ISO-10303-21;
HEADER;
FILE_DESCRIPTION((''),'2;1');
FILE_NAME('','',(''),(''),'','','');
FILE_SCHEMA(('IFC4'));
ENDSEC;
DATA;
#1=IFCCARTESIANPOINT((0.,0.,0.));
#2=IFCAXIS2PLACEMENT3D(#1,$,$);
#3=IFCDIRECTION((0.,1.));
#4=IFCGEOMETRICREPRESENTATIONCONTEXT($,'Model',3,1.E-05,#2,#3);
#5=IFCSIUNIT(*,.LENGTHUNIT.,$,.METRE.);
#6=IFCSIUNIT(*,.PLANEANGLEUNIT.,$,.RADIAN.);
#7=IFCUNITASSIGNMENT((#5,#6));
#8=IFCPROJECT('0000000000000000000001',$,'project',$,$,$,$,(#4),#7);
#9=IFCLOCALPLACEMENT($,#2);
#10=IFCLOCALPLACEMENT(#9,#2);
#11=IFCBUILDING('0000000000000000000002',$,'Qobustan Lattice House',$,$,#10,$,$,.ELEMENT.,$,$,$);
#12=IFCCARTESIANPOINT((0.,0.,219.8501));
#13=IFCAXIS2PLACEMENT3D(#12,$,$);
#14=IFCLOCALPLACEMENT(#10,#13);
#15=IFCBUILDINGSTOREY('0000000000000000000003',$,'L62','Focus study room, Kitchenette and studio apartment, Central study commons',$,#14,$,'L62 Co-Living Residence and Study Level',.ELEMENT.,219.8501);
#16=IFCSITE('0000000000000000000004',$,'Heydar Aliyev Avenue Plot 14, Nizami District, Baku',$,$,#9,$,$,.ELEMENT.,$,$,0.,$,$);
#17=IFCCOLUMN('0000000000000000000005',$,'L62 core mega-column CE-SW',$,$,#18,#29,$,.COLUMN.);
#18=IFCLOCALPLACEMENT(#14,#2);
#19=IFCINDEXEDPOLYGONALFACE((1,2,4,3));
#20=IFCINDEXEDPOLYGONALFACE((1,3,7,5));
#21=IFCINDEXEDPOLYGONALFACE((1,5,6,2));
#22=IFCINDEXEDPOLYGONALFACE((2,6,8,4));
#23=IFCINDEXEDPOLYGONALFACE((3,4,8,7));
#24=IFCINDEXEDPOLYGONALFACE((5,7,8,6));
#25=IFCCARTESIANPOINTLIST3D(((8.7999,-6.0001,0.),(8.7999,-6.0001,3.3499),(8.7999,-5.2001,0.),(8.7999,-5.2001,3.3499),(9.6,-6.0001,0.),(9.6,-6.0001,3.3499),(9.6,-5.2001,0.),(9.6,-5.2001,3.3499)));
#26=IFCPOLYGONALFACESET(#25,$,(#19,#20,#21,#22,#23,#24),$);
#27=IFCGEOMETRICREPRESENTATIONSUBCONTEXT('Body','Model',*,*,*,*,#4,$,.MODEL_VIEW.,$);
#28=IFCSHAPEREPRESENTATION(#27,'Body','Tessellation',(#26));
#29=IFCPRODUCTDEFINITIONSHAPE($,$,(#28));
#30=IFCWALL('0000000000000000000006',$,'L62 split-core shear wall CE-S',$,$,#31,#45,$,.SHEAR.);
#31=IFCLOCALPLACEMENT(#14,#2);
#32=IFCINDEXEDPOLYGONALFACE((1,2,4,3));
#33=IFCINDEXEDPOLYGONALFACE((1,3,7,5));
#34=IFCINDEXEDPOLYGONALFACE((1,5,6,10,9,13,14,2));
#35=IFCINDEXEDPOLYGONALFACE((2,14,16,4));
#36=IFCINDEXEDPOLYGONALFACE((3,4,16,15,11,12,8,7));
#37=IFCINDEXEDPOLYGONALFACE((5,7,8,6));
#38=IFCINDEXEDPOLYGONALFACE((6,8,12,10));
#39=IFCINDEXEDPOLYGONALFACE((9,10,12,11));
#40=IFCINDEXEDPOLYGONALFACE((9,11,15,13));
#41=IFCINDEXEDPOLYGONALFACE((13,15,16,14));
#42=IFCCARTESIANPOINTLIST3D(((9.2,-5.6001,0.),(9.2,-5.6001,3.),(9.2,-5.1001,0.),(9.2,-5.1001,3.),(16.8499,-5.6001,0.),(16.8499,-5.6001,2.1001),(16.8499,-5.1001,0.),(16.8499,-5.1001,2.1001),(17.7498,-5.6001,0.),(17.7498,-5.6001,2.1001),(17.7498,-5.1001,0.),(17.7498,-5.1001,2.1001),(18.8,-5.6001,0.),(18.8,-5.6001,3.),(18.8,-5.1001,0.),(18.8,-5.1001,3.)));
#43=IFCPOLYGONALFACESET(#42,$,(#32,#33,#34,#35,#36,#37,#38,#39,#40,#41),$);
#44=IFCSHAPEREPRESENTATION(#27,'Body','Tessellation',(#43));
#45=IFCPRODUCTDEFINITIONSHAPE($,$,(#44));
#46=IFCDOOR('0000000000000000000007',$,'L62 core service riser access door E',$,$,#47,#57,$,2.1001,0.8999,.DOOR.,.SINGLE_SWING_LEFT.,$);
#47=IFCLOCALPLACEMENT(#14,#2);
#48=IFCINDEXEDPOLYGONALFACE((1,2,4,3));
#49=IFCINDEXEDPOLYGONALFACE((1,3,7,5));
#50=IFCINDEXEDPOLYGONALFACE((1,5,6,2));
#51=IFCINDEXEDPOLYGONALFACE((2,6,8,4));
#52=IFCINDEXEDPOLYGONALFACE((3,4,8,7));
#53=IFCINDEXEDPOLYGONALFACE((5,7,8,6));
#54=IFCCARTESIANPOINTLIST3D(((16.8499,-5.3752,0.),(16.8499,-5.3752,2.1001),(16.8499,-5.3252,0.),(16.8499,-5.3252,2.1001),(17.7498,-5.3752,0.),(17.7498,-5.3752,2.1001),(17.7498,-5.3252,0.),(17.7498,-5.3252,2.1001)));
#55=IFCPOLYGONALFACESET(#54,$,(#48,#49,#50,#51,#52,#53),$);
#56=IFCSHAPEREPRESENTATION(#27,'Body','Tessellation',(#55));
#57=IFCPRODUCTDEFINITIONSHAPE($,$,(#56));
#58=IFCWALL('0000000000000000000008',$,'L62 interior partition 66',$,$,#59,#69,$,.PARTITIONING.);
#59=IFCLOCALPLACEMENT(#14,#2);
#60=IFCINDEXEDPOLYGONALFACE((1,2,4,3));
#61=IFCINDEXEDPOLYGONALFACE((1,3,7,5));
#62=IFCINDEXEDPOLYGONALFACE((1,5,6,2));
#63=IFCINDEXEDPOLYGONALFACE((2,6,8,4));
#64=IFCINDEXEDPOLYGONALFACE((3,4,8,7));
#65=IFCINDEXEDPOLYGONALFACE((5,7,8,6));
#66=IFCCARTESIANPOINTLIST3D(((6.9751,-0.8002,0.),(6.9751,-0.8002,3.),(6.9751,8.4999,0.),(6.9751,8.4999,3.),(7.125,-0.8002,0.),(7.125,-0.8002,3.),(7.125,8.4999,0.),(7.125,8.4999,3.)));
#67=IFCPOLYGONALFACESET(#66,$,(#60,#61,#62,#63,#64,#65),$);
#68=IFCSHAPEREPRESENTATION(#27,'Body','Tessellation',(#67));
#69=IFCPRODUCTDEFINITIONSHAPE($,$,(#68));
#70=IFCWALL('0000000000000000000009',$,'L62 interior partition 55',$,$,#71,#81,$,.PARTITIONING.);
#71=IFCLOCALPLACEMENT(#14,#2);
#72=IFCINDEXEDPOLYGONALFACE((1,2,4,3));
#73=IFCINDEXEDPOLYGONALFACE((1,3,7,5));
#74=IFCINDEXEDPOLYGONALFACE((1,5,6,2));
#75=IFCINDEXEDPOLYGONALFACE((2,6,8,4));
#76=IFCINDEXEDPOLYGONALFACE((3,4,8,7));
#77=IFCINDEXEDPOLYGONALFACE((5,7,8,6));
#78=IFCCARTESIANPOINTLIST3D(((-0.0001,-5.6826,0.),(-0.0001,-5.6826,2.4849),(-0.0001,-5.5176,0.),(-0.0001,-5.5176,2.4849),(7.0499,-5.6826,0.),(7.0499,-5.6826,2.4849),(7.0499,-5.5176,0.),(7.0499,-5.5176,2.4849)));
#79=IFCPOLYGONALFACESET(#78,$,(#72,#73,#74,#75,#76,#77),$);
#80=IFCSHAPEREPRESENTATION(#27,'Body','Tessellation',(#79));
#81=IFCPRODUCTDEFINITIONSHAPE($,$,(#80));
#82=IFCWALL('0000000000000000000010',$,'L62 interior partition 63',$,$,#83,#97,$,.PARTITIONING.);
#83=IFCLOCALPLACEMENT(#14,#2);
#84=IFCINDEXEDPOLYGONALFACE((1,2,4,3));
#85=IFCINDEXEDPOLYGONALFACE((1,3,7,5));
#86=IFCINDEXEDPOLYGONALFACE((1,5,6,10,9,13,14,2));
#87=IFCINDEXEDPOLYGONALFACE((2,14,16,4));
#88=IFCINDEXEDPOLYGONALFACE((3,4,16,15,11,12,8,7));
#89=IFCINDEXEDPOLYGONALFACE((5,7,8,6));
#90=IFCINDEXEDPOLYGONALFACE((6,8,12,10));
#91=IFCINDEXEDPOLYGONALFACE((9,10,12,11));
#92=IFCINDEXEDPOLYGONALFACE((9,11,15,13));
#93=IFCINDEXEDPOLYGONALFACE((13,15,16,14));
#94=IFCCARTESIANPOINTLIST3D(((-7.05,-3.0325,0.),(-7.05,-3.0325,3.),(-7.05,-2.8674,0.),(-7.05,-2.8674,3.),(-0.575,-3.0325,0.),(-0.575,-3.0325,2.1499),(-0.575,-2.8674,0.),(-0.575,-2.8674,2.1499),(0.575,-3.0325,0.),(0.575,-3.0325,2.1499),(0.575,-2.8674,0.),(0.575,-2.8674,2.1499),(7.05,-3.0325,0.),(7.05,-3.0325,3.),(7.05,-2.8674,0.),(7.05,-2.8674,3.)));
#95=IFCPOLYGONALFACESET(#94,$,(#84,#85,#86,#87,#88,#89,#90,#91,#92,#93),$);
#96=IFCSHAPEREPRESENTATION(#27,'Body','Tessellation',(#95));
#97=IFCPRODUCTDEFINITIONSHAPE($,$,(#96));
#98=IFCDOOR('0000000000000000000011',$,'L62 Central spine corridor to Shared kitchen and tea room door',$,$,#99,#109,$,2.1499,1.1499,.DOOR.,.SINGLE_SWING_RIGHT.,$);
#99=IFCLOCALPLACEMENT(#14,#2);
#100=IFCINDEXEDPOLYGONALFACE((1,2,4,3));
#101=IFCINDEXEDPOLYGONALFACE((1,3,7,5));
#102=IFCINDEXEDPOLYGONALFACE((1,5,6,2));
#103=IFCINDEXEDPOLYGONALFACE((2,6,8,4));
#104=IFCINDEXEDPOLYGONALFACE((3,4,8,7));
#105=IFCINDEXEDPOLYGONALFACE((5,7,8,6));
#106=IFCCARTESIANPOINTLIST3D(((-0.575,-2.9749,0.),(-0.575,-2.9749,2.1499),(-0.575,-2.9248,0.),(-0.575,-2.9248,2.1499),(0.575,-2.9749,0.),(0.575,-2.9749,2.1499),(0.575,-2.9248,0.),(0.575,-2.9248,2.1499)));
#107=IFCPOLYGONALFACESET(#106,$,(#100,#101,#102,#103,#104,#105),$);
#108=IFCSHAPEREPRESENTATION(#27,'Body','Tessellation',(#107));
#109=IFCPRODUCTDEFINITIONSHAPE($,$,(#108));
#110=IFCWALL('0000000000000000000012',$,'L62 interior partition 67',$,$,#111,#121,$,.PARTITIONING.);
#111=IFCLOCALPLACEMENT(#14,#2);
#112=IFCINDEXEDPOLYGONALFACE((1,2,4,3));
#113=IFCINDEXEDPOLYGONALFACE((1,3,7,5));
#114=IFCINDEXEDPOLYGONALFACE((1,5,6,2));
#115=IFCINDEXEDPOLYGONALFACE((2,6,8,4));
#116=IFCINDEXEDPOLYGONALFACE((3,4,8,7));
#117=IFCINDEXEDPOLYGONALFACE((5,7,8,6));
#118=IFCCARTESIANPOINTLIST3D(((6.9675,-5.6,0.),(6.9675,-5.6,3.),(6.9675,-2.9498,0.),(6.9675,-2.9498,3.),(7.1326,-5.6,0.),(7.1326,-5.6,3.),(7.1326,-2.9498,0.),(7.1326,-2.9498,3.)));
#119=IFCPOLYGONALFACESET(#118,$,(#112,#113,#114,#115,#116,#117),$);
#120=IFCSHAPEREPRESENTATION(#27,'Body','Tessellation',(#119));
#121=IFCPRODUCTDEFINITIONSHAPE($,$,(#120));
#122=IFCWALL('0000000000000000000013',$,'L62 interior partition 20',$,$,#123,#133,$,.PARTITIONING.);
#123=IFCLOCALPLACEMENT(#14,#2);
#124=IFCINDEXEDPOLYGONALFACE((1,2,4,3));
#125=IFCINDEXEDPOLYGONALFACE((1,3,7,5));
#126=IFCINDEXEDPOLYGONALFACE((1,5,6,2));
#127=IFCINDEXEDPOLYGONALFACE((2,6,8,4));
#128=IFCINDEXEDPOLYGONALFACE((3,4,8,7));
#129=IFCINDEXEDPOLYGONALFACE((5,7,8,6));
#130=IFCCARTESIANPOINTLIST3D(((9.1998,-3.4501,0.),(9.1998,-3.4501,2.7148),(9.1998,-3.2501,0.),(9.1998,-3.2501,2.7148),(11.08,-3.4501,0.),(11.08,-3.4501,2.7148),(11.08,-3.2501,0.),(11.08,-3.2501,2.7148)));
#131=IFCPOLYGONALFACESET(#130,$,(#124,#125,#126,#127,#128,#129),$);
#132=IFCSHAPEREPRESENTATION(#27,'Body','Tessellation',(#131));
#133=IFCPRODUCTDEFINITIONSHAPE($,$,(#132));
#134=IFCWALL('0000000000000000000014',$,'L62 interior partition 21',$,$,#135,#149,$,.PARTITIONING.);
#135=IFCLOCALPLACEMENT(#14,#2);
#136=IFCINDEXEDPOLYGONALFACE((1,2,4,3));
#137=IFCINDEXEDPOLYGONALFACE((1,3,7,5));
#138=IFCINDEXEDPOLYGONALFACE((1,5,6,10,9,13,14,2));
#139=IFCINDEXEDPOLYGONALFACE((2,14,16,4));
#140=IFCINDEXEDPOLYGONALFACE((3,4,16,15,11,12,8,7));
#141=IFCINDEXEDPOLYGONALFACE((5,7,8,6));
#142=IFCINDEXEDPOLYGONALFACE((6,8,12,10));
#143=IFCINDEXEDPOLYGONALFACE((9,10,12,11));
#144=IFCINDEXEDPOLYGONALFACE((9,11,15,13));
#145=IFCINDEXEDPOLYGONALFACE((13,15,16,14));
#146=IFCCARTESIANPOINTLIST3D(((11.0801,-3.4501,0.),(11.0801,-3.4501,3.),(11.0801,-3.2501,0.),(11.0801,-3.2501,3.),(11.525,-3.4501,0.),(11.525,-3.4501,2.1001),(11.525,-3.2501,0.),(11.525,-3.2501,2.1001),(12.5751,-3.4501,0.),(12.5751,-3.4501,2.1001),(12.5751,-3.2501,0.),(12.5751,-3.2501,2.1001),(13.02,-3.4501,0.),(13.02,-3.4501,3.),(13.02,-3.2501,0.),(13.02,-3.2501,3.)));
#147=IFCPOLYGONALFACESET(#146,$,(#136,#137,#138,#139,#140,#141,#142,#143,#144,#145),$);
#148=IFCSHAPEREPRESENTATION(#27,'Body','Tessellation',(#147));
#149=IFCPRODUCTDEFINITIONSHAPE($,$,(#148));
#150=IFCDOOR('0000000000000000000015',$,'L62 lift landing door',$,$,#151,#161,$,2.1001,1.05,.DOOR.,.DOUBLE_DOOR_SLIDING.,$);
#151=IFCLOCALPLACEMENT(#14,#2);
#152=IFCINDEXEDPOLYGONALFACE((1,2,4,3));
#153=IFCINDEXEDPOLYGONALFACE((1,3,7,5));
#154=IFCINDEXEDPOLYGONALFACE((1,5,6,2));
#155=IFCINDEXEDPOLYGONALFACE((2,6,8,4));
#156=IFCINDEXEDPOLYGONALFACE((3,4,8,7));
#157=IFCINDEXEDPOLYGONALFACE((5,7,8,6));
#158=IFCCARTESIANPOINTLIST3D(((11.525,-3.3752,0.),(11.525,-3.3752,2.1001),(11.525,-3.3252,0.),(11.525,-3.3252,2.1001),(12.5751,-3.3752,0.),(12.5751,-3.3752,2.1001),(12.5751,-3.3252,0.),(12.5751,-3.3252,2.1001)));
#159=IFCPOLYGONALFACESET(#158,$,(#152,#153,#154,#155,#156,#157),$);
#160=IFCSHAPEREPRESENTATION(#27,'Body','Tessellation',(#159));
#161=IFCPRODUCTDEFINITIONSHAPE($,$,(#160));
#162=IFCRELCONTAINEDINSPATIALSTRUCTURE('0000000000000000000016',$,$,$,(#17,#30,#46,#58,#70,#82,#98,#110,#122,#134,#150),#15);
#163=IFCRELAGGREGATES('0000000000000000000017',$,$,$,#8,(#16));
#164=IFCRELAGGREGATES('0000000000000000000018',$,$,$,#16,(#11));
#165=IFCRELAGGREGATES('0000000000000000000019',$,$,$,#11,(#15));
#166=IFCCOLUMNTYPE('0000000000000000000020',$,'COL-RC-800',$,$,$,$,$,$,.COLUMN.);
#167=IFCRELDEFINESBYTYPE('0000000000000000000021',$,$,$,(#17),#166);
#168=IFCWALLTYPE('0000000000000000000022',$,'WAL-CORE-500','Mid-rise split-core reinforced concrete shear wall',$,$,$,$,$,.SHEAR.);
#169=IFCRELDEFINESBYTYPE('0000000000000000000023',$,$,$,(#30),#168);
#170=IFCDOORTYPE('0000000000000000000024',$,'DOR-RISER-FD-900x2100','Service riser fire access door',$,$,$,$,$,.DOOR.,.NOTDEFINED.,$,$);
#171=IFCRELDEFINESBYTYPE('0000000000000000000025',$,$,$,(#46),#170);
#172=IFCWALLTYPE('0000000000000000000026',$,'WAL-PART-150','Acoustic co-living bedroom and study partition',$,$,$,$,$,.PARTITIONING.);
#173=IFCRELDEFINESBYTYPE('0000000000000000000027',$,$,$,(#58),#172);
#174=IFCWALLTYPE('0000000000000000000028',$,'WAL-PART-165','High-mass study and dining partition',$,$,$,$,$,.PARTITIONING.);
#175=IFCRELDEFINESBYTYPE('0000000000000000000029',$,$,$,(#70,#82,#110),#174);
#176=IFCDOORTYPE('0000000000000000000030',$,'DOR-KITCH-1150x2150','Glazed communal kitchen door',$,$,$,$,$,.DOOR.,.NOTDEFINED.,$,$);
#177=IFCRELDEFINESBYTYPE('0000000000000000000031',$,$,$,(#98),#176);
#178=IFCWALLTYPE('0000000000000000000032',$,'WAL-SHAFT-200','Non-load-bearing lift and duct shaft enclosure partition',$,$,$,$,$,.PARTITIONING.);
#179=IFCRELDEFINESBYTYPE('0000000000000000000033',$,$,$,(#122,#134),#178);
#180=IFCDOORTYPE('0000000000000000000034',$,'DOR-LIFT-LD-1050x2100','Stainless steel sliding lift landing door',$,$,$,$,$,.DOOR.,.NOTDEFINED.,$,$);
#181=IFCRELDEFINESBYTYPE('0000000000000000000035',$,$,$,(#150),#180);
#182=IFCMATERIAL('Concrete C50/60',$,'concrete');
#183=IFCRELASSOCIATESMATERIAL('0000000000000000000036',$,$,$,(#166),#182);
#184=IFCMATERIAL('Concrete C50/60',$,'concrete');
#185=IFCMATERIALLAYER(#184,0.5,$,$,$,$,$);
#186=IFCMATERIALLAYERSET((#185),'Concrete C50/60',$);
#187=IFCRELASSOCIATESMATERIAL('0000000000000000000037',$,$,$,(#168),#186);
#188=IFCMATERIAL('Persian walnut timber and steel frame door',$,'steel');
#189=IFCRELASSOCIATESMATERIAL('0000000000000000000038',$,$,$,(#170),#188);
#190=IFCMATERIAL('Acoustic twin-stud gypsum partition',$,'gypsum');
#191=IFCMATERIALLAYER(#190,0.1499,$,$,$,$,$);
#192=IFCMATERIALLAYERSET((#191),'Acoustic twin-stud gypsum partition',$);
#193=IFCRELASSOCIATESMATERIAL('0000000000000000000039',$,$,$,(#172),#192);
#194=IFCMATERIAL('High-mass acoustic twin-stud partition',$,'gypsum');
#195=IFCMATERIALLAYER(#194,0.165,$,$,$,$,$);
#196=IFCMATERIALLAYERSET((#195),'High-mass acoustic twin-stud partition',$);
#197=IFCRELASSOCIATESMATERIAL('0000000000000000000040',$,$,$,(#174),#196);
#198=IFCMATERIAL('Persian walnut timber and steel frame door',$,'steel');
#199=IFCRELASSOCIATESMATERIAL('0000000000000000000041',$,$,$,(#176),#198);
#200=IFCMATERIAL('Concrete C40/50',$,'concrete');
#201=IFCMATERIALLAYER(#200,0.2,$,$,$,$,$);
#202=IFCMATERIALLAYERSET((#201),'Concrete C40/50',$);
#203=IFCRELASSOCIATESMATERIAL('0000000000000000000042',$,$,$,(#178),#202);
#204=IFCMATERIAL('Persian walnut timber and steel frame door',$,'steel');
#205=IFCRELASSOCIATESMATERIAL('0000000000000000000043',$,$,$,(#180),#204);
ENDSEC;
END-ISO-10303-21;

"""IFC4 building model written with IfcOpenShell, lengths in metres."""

from ifc_helpers import new_model, si_unit, direction, frame, frame_2d, origin, origin_2d, place, context, subcontext, project, spatial, rectangle, extrude, material, layer, layer_set, material_profile, profile_set, type_object, element, fill, save


model = new_model("IFC4")

# Units and contexts
model_context = context("Model", 3, precision=1e-05, world=origin(), true_north=direction((0.0, 1.0)))
body_context = subcontext(model_context, "Body", "Model", "MODEL_VIEW")
ifc_project = project(units=[si_unit("LENGTHUNIT", "METRE"), si_unit("PLANEANGLEUNIT", "RADIAN")], contexts=[model_context])

# Site, building, storey
site_placement = place(None, origin())
site = spatial("IfcSite", under=ifc_project, at=site_placement, Name="Heydar Aliyev Avenue Plot 14, Nizami District, Baku", CompositionType="ELEMENT", RefElevation=0.0)
building_placement = place(site_placement, origin())
building = spatial("IfcBuilding", under=site, at=building_placement, Name="Qobustan Lattice House", CompositionType="ELEMENT")
storey_placement = place(building_placement, frame((0.0, 0.0, 219.8501)))
storey = spatial("IfcBuildingStorey", under=building, at=storey_placement, Name="L62", Description="Focus study room, Kitchenette and studio apartment, Central study commons", LongName="L62 Co-Living Residence and Study Level", CompositionType="ELEMENT", Elevation=219.8501)

# Column
ifc_material_1 = material(Name="Concrete C50/60", Category="concrete")
ifc_material_profile = material_profile(ifc_material_1, rectangle(XDim=0.8, YDim=0.8, at=origin_2d()), Name="RC800x800")
ifc_profile_set = profile_set([ifc_material_profile], Name="Concrete C50/60")
column_type = type_object("IfcColumnType", Name="COL-RC-800", PredefinedType="COLUMN", material=ifc_profile_set)
column_placement = place(storey_placement, frame((9.2, -5.6001, 0.0), z_axis=(0.0, 0.0, 1.0), x_axis=(1.0, 0.0, 0.0)))
element("IfcColumn", 1, at=column_placement, inside=storey, type_object=column_type, Name="L62 core mega-column CE-SW", PredefinedType="COLUMN", context=body_context, shape_type="SweptSolid", body=[
    extrude(rectangle(XDim=0.8, YDim=0.8, at=origin_2d()), origin(), (0.0, 0.0, 1.0), 3.3499),
])

# Wall, opening, door
ifc_material_2 = material(Name="Concrete C50/60", Category="concrete")
ifc_layer_1 = layer(ifc_material_2, 0.5)
ifc_layer_set_1 = layer_set([ifc_layer_1], Name="Concrete C50/60")
wall_type_1 = type_object("IfcWallType", Name="WAL-CORE-500", Description="Mid-rise split-core reinforced concrete shear wall", PredefinedType="SHEAR", material=ifc_layer_set_1)
wall_1_placement = place(storey_placement, frame((9.2, -5.3501, 0.0), z_axis=(0.0, 0.0, 1.0), x_axis=(1.0, 0.0, 0.0)))
wall_1 = element("IfcWall", 2, at=wall_1_placement, inside=storey, type_object=wall_type_1, Name="L62 split-core shear wall CE-S", PredefinedType="SHEAR", context=body_context, shape_type="SweptSolid", body=[
    extrude(rectangle(XDim=9.6001, YDim=0.5, at=frame_2d((4.8, 0.0))), origin(), (0.0, 0.0, 1.0), 3.0),
])
opening_1_placement = place(wall_1_placement, frame((7.6499, 0.0, 0.0)))
opening_1 = element("IfcOpeningElement", 3, at=opening_1_placement, cuts=wall_1, PredefinedType="OPENING", context=body_context, shape_type="SweptSolid", body=[
    extrude(rectangle(XDim=0.8999, YDim=2.1001, at=frame_2d((0.45, 1.05))), frame((0.0, 0.26, 0.0), z_axis=(0.0, -1.0, 0.0), x_axis=(1.0, 0.0, 0.0)), (0.0, 0.0, 1.0), 0.52),
])
ifc_material_3 = material(Name="Persian walnut timber and steel frame door", Category="steel")
door_type_1 = type_object("IfcDoorType", Name="DOR-RISER-FD-900x2100", Description="Service riser fire access door", OperationType="NOTDEFINED", PredefinedType="DOOR", material=ifc_material_3)
door_1_placement = place(opening_1_placement, origin())
door_1 = element("IfcDoor", 4, at=door_1_placement, inside=storey, type_object=door_type_1, Name="L62 core service riser access door E", OperationType="SINGLE_SWING_LEFT", OverallHeight=2.1001, OverallWidth=0.8999, PredefinedType="DOOR", context=body_context, shape_type="SweptSolid", body=[
    extrude(rectangle(XDim=0.8999, YDim=2.1001, at=frame_2d((0.45, 1.05))), frame((0.0, 0.0249, 0.0), z_axis=(0.0, -1.0, 0.0), x_axis=(1.0, 0.0, 0.0)), (0.0, 0.0, 1.0), 0.05),
])
fill(opening_1, door_1)

# Walls
ifc_material_4 = material(Name="Acoustic twin-stud gypsum partition", Category="gypsum")
ifc_layer_2 = layer(ifc_material_4, 0.1499)
ifc_layer_set_2 = layer_set([ifc_layer_2], Name="Acoustic twin-stud gypsum partition")
wall_type_2 = type_object("IfcWallType", Name="WAL-PART-150", Description="Acoustic co-living bedroom and study partition", PredefinedType="PARTITIONING", material=ifc_layer_set_2)
wall_2_placement = place(storey_placement, frame((7.05, -0.8, 0.0), z_axis=(0.0, 0.0, 1.0), x_axis=(0.0, 1.0, 0.0)))
element("IfcWall", 5, at=wall_2_placement, inside=storey, type_object=wall_type_2, Name="L62 interior partition 66", PredefinedType="PARTITIONING", context=body_context, shape_type="SweptSolid", body=[
    extrude(rectangle(XDim=9.3, YDim=0.1499, at=frame_2d((4.6499, 0.0))), origin(), (0.0, 0.0, 1.0), 3.0),
])
ifc_material_5 = material(Name="High-mass acoustic twin-stud partition", Category="gypsum")
ifc_layer_3 = layer(ifc_material_5, 0.165)
ifc_layer_set_3 = layer_set([ifc_layer_3], Name="High-mass acoustic twin-stud partition")
wall_type_3 = type_object("IfcWallType", Name="WAL-PART-165", Description="High-mass study and dining partition", PredefinedType="PARTITIONING", material=ifc_layer_set_3)
wall_3_placement = place(storey_placement, frame((0.0, -5.6001, 0.0), z_axis=(0.0, 0.0, 1.0), x_axis=(1.0, 0.0, 0.0)))
element("IfcWall", 6, at=wall_3_placement, inside=storey, type_object=wall_type_3, Name="L62 interior partition 55", PredefinedType="PARTITIONING", context=body_context, shape_type="SweptSolid", body=[
    extrude(rectangle(XDim=7.05, YDim=0.165, at=frame_2d((3.5249, 0.0))), origin(), (0.0, 0.0, 1.0), 2.4849),
])

# Wall, opening, door
wall_4_placement = place(storey_placement, frame((7.05, -2.95, 0.0), z_axis=(0.0, 0.0, 1.0), x_axis=(-1.0, 0.0, 0.0)))
wall_4 = element("IfcWall", 7, at=wall_4_placement, inside=storey, type_object=wall_type_3, Name="L62 interior partition 63", PredefinedType="PARTITIONING", context=body_context, shape_type="SweptSolid", body=[
    extrude(rectangle(XDim=14.1001, YDim=0.165, at=frame_2d((7.05, 0.0))), origin(), (0.0, 0.0, 1.0), 3.0),
])
opening_2_placement = place(wall_4_placement, frame((6.4751, 0.0, 0.0)))
opening_2 = element("IfcOpeningElement", 8, at=opening_2_placement, cuts=wall_4, PredefinedType="OPENING", context=body_context, shape_type="SweptSolid", body=[
    extrude(rectangle(XDim=1.1499, YDim=2.1499, at=frame_2d((0.575, 1.075))), frame((0.0, 0.0925, 0.0), z_axis=(0.0, -1.0, 0.0), x_axis=(1.0, 0.0, 0.0)), (0.0, 0.0, 1.0), 0.1851),
])
ifc_material_6 = material(Name="Persian walnut timber and steel frame door", Category="steel")
door_type_2 = type_object("IfcDoorType", Name="DOR-KITCH-1150x2150", Description="Glazed communal kitchen door", OperationType="NOTDEFINED", PredefinedType="DOOR", material=ifc_material_6)
door_2_placement = place(opening_2_placement, origin())
door_2 = element("IfcDoor", 9, at=door_2_placement, inside=storey, type_object=door_type_2, Name="L62 Central spine corridor to Shared kitchen and tea room door", OperationType="SINGLE_SWING_RIGHT", OverallHeight=2.1499, OverallWidth=1.1499, PredefinedType="DOOR", context=body_context, shape_type="SweptSolid", body=[
    extrude(rectangle(XDim=1.1499, YDim=2.1499, at=frame_2d((0.575, 1.075))), frame((0.0, 0.0249, 0.0), z_axis=(0.0, -1.0, 0.0), x_axis=(1.0, 0.0, 0.0)), (0.0, 0.0, 1.0), 0.05),
])
fill(opening_2, door_2)

# Walls
wall_5_placement = place(storey_placement, frame((7.05, -5.6001, 0.0), z_axis=(0.0, 0.0, 1.0), x_axis=(0.0, 1.0, 0.0)))
element("IfcWall", 10, at=wall_5_placement, inside=storey, type_object=wall_type_3, Name="L62 interior partition 67", PredefinedType="PARTITIONING", context=body_context, shape_type="SweptSolid", body=[
    extrude(rectangle(XDim=2.6501, YDim=0.165, at=frame_2d((1.3252, 0.0))), origin(), (0.0, 0.0, 1.0), 3.0),
])
ifc_material_7 = material(Name="Concrete C40/50", Category="concrete")
ifc_layer_4 = layer(ifc_material_7, 0.2)
ifc_layer_set_4 = layer_set([ifc_layer_4], Name="Concrete C40/50")
wall_type_4 = type_object("IfcWallType", Name="WAL-SHAFT-200", Description="Non-load-bearing lift and duct shaft enclosure partition", PredefinedType="PARTITIONING", material=ifc_layer_set_4)
wall_6_placement = place(storey_placement, frame((9.2, -3.3501, 0.0), z_axis=(0.0, 0.0, 1.0), x_axis=(1.0, 0.0, 0.0)))
element("IfcWall", 11, at=wall_6_placement, inside=storey, type_object=wall_type_4, Name="L62 interior partition 20", PredefinedType="PARTITIONING", context=body_context, shape_type="SweptSolid", body=[
    extrude(rectangle(XDim=1.8801, YDim=0.2, at=frame_2d((0.9399, 0.0))), origin(), (0.0, 0.0, 1.0), 2.7148),
])

# Wall, opening, door
wall_7_placement = place(storey_placement, frame((11.0801, -3.3501, 0.0), z_axis=(0.0, 0.0, 1.0), x_axis=(1.0, 0.0, 0.0)))
wall_7 = element("IfcWall", 12, at=wall_7_placement, inside=storey, type_object=wall_type_4, Name="L62 interior partition 21", PredefinedType="PARTITIONING", context=body_context, shape_type="SweptSolid", body=[
    extrude(rectangle(XDim=1.9399, YDim=0.2, at=frame_2d((0.97, 0.0))), origin(), (0.0, 0.0, 1.0), 3.0),
])
opening_3_placement = place(wall_7_placement, frame((0.4451, 0.0, 0.0)))
opening_3 = element("IfcOpeningElement", 13, at=opening_3_placement, cuts=wall_7, PredefinedType="OPENING", context=body_context, shape_type="SweptSolid", body=[
    extrude(rectangle(XDim=1.05, YDim=2.1001, at=frame_2d((0.5249, 1.05))), frame((0.0, 0.1099, 0.0), z_axis=(0.0, -1.0, 0.0), x_axis=(1.0, 0.0, 0.0)), (0.0, 0.0, 1.0), 0.22),
])
ifc_material_8 = material(Name="Persian walnut timber and steel frame door", Category="steel")
door_type_3 = type_object("IfcDoorType", Name="DOR-LIFT-LD-1050x2100", Description="Stainless steel sliding lift landing door", OperationType="NOTDEFINED", PredefinedType="DOOR", material=ifc_material_8)
door_3_placement = place(opening_3_placement, origin())
door_3 = element("IfcDoor", 14, at=door_3_placement, inside=storey, type_object=door_type_3, Name="L62 lift landing door", OperationType="DOUBLE_DOOR_SLIDING", OverallHeight=2.1001, OverallWidth=1.05, PredefinedType="DOOR", context=body_context, shape_type="SweptSolid", body=[
    extrude(rectangle(XDim=1.05, YDim=2.1001, at=frame_2d((0.5249, 1.05))), frame((0.0, 0.0249, 0.0), z_axis=(0.0, -1.0, 0.0), x_axis=(1.0, 0.0, 0.0)), (0.0, 0.0, 1.0), 0.05),
])
fill(opening_3, door_3)

save(model, "model.ifc")
